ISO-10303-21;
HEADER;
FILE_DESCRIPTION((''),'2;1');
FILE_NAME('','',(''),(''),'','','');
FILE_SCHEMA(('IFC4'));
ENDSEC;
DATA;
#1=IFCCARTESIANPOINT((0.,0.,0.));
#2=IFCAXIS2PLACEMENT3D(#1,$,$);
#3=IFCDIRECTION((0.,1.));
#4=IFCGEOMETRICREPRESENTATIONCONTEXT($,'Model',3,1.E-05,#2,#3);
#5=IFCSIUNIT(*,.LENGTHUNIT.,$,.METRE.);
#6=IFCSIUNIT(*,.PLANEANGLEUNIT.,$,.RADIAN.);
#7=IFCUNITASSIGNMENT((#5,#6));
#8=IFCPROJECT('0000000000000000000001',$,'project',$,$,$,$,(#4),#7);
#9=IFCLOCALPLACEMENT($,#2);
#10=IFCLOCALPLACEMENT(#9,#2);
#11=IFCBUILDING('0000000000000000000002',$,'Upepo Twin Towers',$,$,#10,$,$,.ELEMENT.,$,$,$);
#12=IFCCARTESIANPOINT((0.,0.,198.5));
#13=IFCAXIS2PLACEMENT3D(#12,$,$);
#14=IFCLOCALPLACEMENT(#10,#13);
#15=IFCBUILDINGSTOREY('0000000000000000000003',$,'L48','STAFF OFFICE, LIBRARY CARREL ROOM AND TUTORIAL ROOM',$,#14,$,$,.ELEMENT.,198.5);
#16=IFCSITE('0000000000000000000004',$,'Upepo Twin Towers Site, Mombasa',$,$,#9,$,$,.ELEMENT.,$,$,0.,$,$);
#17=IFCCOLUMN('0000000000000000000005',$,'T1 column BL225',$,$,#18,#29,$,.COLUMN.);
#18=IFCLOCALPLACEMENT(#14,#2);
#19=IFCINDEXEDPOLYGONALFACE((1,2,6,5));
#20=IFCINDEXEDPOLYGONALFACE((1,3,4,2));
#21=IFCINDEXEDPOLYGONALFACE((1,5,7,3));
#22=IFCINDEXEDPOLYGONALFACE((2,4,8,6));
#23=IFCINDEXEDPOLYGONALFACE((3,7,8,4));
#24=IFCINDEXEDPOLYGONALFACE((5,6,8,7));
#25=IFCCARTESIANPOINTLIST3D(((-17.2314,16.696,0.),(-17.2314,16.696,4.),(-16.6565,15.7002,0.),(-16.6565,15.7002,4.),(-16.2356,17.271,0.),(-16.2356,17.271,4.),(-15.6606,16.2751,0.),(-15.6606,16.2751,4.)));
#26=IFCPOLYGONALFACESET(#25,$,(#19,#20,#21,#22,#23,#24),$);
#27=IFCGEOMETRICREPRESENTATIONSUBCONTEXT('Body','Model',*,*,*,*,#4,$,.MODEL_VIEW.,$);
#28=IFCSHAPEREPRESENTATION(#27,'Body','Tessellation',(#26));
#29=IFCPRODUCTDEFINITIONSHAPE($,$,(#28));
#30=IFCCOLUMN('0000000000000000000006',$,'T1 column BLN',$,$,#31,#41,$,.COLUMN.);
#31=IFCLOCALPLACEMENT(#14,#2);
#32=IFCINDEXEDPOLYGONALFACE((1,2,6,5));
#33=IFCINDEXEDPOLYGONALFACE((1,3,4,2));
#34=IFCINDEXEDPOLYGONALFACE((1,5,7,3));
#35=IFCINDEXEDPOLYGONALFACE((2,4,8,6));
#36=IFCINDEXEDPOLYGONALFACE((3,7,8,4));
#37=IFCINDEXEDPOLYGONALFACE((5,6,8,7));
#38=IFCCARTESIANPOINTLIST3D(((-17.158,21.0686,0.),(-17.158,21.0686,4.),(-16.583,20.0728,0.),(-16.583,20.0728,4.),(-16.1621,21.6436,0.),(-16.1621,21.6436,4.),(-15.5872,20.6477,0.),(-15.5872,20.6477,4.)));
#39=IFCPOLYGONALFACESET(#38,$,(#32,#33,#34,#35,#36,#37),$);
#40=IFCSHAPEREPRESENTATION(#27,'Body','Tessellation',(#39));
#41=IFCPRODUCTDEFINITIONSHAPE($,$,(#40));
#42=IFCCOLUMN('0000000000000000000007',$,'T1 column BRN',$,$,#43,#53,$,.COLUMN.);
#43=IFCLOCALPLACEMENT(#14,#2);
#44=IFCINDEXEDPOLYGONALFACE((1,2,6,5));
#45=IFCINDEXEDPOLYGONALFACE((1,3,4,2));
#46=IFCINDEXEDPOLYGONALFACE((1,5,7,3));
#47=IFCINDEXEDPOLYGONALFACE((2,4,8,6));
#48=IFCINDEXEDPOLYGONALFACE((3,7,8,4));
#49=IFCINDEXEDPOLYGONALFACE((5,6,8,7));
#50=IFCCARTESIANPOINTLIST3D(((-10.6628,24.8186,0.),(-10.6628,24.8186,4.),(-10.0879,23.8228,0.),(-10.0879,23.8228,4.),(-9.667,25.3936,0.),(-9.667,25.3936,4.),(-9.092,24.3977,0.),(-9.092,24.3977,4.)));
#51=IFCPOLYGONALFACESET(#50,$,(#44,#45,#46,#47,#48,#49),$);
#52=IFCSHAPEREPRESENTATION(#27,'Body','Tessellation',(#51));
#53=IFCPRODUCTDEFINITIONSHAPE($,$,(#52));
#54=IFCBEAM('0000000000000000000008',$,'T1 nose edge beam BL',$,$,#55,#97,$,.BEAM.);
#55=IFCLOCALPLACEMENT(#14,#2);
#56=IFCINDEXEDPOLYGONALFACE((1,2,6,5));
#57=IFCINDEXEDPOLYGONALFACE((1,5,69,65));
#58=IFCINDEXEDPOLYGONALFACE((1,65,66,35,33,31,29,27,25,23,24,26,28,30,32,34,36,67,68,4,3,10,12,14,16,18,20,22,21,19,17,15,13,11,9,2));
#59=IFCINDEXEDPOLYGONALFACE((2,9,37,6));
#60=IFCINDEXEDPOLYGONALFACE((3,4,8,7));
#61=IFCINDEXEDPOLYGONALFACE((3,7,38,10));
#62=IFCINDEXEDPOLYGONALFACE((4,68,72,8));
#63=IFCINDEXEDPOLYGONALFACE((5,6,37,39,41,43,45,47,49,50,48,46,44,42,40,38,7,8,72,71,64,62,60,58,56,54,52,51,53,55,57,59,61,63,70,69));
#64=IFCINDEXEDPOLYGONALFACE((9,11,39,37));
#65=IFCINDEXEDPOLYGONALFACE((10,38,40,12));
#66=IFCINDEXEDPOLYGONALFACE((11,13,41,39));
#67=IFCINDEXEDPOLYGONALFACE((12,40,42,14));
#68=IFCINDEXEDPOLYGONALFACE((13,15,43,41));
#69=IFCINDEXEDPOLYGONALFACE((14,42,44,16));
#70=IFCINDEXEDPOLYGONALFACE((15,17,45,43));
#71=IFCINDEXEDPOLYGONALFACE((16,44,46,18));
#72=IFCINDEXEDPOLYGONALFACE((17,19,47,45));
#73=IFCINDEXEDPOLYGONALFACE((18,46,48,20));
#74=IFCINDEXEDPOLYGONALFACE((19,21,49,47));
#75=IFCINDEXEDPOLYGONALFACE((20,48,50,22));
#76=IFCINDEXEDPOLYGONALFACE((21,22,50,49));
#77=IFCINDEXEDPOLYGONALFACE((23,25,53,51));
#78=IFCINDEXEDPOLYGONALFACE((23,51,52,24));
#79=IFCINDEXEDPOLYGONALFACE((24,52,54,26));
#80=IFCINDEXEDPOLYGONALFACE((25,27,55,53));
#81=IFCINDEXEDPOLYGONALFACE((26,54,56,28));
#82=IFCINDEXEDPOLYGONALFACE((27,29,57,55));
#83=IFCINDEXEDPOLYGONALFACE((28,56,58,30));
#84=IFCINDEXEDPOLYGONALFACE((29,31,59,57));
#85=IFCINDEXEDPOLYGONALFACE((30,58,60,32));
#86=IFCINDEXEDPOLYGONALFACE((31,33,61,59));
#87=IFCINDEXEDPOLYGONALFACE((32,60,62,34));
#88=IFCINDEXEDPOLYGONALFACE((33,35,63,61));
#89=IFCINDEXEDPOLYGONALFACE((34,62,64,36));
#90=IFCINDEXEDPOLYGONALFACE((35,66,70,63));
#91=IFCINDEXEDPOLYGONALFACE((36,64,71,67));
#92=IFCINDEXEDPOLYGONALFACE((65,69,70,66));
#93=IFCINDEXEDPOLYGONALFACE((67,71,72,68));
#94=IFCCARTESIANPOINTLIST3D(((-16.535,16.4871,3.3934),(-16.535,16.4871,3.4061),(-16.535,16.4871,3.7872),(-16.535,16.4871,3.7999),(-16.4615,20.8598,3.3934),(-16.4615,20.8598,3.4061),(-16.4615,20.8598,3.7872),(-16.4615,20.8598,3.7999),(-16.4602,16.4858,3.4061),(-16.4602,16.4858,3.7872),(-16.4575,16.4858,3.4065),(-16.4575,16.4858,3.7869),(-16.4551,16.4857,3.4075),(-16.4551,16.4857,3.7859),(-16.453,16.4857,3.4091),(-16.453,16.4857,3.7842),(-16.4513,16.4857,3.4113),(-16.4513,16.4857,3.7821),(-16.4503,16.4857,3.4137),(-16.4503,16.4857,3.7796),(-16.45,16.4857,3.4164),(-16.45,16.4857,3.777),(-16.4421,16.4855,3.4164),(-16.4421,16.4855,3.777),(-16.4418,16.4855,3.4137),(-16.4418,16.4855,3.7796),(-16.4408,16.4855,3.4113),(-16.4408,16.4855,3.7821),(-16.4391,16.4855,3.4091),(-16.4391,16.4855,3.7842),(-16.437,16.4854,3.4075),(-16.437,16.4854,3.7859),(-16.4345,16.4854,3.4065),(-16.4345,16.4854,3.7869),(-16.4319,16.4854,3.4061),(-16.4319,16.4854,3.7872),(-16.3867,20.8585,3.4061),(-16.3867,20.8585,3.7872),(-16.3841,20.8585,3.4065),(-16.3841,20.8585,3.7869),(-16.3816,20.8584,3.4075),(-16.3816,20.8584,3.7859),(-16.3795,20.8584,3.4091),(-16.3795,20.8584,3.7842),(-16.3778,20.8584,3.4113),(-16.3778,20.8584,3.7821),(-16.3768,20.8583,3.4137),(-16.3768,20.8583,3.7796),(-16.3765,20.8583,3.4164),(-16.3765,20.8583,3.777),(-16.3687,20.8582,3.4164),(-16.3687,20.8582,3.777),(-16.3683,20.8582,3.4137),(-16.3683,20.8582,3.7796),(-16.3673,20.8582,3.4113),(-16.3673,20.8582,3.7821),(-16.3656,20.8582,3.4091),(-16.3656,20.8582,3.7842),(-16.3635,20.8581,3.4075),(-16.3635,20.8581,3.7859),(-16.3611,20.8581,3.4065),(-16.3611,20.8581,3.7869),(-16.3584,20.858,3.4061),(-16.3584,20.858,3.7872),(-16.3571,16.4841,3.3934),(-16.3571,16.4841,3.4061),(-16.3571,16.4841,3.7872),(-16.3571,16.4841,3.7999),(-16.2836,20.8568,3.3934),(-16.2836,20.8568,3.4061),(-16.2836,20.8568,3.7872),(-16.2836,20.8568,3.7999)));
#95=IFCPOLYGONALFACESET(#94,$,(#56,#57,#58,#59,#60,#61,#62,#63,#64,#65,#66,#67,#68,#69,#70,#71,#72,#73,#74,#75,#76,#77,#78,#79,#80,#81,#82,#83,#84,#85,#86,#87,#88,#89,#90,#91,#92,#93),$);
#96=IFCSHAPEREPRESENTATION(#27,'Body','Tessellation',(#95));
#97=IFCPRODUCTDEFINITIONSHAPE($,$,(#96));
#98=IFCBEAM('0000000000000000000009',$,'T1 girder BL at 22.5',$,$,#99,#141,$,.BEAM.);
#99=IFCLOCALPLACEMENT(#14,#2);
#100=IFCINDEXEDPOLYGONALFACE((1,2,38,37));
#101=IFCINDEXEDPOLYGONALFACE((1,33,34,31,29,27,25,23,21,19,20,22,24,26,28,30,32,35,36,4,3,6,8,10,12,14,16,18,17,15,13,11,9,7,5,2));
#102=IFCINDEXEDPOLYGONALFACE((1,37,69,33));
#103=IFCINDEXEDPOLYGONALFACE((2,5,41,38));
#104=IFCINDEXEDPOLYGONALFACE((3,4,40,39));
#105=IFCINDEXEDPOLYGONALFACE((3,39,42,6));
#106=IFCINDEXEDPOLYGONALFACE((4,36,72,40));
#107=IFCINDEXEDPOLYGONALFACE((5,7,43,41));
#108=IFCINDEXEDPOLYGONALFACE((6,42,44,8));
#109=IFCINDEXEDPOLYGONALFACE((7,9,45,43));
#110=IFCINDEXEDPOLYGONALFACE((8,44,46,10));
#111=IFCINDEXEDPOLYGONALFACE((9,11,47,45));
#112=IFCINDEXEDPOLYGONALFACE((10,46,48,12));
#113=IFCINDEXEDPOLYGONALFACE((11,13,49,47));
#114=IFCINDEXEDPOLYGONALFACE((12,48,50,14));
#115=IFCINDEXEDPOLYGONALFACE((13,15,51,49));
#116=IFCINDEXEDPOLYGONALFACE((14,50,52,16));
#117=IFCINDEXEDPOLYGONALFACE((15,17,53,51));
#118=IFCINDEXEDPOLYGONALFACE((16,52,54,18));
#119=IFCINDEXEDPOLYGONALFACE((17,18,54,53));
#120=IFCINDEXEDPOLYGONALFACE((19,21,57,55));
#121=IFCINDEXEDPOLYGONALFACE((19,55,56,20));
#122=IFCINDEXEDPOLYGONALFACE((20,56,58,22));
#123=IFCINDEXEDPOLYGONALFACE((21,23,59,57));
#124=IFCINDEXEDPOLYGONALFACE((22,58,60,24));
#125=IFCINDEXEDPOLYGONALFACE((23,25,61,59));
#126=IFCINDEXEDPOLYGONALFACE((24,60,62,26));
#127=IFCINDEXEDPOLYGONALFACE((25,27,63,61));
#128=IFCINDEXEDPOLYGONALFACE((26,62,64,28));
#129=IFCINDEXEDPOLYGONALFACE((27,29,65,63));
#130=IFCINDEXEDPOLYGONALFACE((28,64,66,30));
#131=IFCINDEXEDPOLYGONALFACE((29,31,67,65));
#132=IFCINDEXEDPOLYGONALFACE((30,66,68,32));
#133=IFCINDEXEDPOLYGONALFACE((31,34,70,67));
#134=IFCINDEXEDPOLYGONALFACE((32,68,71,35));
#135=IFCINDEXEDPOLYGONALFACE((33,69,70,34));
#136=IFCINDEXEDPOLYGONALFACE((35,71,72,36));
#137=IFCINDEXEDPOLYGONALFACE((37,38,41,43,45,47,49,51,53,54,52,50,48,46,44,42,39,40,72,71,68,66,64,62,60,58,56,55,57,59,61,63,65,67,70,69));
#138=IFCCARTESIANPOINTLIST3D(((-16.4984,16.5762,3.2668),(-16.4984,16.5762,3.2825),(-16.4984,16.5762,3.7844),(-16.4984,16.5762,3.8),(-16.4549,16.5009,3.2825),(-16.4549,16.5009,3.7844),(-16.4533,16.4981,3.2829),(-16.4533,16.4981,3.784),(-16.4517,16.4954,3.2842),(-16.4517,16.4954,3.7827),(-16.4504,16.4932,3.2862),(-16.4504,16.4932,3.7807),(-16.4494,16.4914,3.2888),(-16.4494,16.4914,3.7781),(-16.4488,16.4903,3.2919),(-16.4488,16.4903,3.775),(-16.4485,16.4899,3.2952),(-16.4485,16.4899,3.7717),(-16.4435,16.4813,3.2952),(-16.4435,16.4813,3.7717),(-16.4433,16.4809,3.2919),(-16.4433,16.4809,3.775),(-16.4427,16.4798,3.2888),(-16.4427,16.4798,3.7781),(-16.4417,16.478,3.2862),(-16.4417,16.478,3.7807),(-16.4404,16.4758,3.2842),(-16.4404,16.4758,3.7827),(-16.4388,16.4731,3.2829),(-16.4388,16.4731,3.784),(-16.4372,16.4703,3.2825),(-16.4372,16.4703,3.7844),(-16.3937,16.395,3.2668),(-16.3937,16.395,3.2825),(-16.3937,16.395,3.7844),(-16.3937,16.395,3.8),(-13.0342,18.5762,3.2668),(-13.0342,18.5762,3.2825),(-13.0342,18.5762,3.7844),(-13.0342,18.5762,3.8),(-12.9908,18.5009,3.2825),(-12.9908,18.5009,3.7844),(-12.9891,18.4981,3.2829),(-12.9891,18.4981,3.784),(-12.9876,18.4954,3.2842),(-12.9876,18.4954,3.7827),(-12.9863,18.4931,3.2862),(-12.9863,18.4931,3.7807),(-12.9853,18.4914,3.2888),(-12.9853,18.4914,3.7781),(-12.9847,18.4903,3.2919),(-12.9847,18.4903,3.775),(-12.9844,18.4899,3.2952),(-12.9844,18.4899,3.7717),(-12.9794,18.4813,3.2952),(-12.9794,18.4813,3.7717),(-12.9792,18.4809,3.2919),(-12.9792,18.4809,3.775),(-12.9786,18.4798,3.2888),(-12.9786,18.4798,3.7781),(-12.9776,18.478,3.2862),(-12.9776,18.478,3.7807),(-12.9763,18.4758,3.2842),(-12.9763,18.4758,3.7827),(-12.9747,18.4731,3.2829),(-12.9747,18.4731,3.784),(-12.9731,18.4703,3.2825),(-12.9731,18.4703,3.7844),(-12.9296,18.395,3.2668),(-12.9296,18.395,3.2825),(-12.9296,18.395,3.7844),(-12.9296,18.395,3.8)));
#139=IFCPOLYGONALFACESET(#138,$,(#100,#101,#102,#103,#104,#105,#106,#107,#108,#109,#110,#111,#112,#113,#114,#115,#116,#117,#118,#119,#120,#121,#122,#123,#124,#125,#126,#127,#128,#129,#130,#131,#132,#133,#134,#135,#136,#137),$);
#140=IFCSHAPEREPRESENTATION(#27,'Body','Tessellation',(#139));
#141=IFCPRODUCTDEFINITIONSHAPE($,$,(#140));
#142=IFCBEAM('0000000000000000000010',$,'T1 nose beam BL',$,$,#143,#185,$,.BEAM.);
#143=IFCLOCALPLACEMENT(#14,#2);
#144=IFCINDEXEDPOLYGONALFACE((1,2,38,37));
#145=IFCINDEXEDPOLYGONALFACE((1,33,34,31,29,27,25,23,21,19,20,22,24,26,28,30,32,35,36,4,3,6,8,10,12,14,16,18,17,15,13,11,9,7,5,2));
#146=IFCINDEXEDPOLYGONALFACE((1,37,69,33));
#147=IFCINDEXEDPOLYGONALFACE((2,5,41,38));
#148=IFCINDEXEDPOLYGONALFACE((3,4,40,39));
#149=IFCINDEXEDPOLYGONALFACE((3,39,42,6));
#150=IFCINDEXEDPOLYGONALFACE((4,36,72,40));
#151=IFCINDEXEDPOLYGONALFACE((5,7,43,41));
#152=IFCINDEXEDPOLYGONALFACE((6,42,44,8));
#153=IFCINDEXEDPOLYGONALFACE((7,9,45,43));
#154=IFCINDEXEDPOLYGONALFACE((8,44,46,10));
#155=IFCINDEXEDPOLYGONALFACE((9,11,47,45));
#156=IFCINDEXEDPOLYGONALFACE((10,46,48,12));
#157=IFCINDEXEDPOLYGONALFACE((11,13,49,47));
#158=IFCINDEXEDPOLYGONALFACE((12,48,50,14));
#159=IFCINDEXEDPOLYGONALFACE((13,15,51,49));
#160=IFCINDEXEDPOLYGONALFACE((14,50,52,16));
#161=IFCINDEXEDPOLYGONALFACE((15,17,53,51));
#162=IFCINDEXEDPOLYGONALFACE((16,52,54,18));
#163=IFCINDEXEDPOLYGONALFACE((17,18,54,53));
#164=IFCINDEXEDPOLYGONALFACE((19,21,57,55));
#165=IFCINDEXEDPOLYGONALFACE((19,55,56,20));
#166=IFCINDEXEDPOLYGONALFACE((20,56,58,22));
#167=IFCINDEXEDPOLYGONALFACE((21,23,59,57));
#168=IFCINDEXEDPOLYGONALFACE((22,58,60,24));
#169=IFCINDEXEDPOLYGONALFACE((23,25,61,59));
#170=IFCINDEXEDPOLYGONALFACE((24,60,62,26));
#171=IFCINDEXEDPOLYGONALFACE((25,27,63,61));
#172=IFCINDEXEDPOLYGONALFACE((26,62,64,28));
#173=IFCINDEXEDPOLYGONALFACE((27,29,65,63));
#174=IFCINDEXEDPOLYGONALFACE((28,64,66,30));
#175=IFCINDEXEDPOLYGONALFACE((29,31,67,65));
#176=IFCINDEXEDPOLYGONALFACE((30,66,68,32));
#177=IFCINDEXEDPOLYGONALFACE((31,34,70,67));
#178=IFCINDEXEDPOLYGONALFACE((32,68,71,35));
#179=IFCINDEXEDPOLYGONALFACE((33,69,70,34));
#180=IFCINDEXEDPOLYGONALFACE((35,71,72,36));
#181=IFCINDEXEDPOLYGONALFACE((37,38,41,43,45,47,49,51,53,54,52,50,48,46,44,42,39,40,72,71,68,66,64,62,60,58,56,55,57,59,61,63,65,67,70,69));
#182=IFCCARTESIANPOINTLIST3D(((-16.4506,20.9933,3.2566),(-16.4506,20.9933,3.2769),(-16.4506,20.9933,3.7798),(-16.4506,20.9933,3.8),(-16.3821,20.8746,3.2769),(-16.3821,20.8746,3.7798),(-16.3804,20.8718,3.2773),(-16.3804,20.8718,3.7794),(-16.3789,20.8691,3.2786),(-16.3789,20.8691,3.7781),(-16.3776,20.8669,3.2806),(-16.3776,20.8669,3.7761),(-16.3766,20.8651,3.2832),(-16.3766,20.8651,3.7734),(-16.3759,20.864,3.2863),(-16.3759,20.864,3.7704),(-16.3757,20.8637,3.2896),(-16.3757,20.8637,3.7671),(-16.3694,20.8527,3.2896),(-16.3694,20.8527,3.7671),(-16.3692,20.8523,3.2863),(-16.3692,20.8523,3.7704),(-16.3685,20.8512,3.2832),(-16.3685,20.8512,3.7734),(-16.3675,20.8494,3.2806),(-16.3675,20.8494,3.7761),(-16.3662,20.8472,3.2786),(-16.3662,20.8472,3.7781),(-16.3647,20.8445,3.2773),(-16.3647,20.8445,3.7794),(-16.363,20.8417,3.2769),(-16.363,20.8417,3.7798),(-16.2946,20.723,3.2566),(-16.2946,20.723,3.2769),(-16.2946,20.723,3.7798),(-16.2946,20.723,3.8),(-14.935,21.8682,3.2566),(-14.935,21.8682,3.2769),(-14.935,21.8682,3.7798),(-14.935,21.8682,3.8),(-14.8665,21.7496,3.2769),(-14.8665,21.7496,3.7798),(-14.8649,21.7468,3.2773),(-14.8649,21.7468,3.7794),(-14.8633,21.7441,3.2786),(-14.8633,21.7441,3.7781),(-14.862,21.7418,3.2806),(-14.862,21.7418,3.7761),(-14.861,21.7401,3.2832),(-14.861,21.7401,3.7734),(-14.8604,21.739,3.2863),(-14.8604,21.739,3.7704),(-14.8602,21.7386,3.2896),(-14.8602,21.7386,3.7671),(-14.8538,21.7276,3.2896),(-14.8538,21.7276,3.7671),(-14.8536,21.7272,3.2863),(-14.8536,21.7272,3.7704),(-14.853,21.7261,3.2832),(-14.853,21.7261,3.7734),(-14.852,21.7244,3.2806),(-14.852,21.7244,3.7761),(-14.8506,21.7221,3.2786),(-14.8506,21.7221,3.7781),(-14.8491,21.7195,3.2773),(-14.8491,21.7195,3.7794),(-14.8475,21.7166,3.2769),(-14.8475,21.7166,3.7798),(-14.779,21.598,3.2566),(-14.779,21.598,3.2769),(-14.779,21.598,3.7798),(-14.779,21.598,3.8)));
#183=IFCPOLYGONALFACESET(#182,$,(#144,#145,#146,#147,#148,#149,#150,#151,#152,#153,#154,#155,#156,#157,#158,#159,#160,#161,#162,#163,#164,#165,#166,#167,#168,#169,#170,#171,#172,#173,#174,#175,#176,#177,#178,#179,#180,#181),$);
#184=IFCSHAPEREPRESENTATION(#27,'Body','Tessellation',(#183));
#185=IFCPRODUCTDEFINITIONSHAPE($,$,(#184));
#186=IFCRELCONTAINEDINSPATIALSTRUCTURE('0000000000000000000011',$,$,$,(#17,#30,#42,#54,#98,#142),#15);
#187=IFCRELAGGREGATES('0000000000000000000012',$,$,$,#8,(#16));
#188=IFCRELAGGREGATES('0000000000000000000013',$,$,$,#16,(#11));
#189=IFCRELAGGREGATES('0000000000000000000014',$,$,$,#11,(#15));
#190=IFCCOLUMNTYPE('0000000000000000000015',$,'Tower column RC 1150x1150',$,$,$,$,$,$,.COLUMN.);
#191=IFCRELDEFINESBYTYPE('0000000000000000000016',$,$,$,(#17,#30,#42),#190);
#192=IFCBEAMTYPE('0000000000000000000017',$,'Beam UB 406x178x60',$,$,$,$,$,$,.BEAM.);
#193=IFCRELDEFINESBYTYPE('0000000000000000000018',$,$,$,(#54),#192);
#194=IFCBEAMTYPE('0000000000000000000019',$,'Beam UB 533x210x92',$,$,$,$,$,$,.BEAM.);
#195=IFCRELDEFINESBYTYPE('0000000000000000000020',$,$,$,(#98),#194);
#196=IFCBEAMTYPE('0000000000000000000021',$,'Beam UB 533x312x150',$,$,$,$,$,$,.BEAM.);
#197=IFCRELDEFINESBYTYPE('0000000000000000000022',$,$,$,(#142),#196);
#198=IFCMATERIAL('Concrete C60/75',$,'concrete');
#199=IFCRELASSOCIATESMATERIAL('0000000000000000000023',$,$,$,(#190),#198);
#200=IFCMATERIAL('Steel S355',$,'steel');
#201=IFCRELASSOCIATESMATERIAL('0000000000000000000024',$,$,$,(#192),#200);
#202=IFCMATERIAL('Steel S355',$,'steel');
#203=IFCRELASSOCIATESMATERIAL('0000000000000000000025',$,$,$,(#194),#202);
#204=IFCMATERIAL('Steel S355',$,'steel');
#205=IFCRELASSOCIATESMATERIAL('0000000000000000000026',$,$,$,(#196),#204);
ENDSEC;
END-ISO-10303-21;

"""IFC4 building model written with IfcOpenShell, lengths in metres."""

from ifc_helpers import new_model, si_unit, direction, frame, origin, origin_2d, place, context, subcontext, project, spatial, rectangle, i_section, extrude, material, material_profile, profile_set, type_object, element, save


model = new_model("IFC4")

# Units and contexts
model_context = context("Model", 3, precision=1e-05, world=origin(), true_north=direction((0.0, 1.0)))
body_context = subcontext(model_context, "Body", "Model", "MODEL_VIEW")
ifc_project = project(units=[si_unit("LENGTHUNIT", "METRE"), si_unit("PLANEANGLEUNIT", "RADIAN")], contexts=[model_context])

# Site, building, storey
site_placement = place(None, origin())
site = spatial("IfcSite", under=ifc_project, at=site_placement, Name="Upepo Twin Towers Site, Mombasa", CompositionType="ELEMENT", RefElevation=0.0)
building_placement = place(site_placement, origin())
building = spatial("IfcBuilding", under=site, at=building_placement, Name="Upepo Twin Towers", CompositionType="ELEMENT")
storey_placement = place(building_placement, frame((0.0, 0.0, 198.5)))
storey = spatial("IfcBuildingStorey", under=building, at=storey_placement, Name="L48", Description="STAFF OFFICE, LIBRARY CARREL ROOM AND TUTORIAL ROOM", CompositionType="ELEMENT", Elevation=198.5)

# Columns
ifc_material_1 = material(Name="Concrete C60/75", Category="concrete")
ifc_material_profile_1 = material_profile(ifc_material_1, rectangle(XDim=1.1499, YDim=1.1499, at=origin_2d()), Name="RC 1150x1150")
ifc_profile_set_1 = profile_set([ifc_material_profile_1], Name="Concrete C60/75")
column_type = type_object("IfcColumnType", Name="Tower column RC 1150x1150", PredefinedType="COLUMN", material=ifc_profile_set_1)
for number, where, z_axis, x_axis, name in (
    (1, (-16.446, 16.4856, 0.0), (0.0, 0.0, 1.0), (0.866025, 0.5, 0.0), "T1 column BL225"),
    (2, (-16.3726, 20.8582, 0.0), (0.0, 0.0, 1.0), (0.866025, 0.5, 0.0), "T1 column BLN"),
    (3, (-9.8774, 24.6082, 0.0), (0.0, 0.0, 1.0), (0.866025, 0.5, 0.0), "T1 column BRN"),
):
    element("IfcColumn", number, at=place(storey_placement, frame(where, z_axis=z_axis, x_axis=x_axis)), inside=storey, type_object=column_type, Name=name, PredefinedType="COLUMN", context=body_context, shape_type="SweptSolid", body=[
        extrude(rectangle(XDim=1.1499, YDim=1.1499, at=origin_2d()), origin(), (0.0, 0.0, 1.0), 4.0),
    ])

# Beams
ifc_material_2 = material(Name="Steel S355", Category="steel")
ifc_material_profile_2 = material_profile(ifc_material_2, i_section(OverallWidth=0.178, OverallDepth=0.4065, WebThickness=0.0078, FlangeThickness=0.0127, FilletRadius=0.0103, at=origin_2d()), Name="UB 406x178x60")
ifc_profile_set_2 = profile_set([ifc_material_profile_2], Name="Steel S355")
beam_type_1 = type_object("IfcBeamType", Name="Beam UB 406x178x60", PredefinedType="BEAM", material=ifc_profile_set_2)
beam_1_placement = place(storey_placement, frame((-16.446, 16.4856, 3.5967), z_axis=(0.016804, 0.999859, 0.0), x_axis=(-0.999859, 0.016804, 0.0)))
element("IfcBeam", 4, at=beam_1_placement, inside=storey, type_object=beam_type_1, Name="T1 nose edge beam BL", PredefinedType="BEAM", context=body_context, shape_type="SweptSolid", body=[
    extrude(i_section(OverallWidth=0.178, OverallDepth=0.4065, WebThickness=0.0078, FlangeThickness=0.0127, FilletRadius=0.0103, at=origin_2d()), origin(), (0.0, 0.0, 1.0), 4.3733),
])
ifc_material_3 = material(Name="Steel S355", Category="steel")
ifc_material_profile_3 = material_profile(ifc_material_3, i_section(OverallWidth=0.2092, OverallDepth=0.5332, WebThickness=0.01, FlangeThickness=0.0156, FilletRadius=0.0127, at=origin_2d()), Name="UB 533x210x92")
ifc_profile_set_3 = profile_set([ifc_material_profile_3], Name="Steel S355")
beam_type_2 = type_object("IfcBeamType", Name="Beam UB 533x210x92", PredefinedType="BEAM", material=ifc_profile_set_3)
beam_2_placement = place(storey_placement, frame((-16.446, 16.4856, 3.5334), z_axis=(0.866026, 0.499999, 0.0), x_axis=(-0.499999, 0.866026, 0.0)))
element("IfcBeam", 5, at=beam_2_placement, inside=storey, type_object=beam_type_2, Name="T1 girder BL at 22.5", PredefinedType="BEAM", context=body_context, shape_type="SweptSolid", body=[
    extrude(i_section(OverallWidth=0.2092, OverallDepth=0.5332, WebThickness=0.01, FlangeThickness=0.0156, FilletRadius=0.0127, at=origin_2d()), origin(), (0.0, 0.0, 1.0), 4.0),
])
ifc_material_4 = material(Name="Steel S355", Category="steel")
ifc_material_profile_4 = material_profile(ifc_material_4, i_section(OverallWidth=0.312, OverallDepth=0.5435, WebThickness=0.0127, FlangeThickness=0.0203, FilletRadius=0.0127, at=origin_2d()), Name="UB 533x312x150")
ifc_profile_set_4 = profile_set([ifc_material_profile_4], Name="Steel S355")
beam_type_3 = type_object("IfcBeamType", Name="Beam UB 533x312x150", PredefinedType="BEAM", material=ifc_profile_set_4)
for number, where, z_axis, x_axis, name in (
    (6, (-16.3726, 20.8582, 3.5283), (0.866037, 0.49998, 0.0), (-0.49998, 0.866037, 0.0), "T1 nose beam BL"),
):
    element("IfcBeam", number, at=place(storey_placement, frame(where, z_axis=z_axis, x_axis=x_axis)), inside=storey, type_object=beam_type_3, Name=name, PredefinedType="BEAM", context=body_context, shape_type="SweptSolid", body=[
        extrude(i_section(OverallWidth=0.312, OverallDepth=0.5435, WebThickness=0.0127, FlangeThickness=0.0203, FilletRadius=0.0127, at=origin_2d()), origin(), (0.0, 0.0, 1.0), 1.75),
    ])

save(model, "model.ifc")
